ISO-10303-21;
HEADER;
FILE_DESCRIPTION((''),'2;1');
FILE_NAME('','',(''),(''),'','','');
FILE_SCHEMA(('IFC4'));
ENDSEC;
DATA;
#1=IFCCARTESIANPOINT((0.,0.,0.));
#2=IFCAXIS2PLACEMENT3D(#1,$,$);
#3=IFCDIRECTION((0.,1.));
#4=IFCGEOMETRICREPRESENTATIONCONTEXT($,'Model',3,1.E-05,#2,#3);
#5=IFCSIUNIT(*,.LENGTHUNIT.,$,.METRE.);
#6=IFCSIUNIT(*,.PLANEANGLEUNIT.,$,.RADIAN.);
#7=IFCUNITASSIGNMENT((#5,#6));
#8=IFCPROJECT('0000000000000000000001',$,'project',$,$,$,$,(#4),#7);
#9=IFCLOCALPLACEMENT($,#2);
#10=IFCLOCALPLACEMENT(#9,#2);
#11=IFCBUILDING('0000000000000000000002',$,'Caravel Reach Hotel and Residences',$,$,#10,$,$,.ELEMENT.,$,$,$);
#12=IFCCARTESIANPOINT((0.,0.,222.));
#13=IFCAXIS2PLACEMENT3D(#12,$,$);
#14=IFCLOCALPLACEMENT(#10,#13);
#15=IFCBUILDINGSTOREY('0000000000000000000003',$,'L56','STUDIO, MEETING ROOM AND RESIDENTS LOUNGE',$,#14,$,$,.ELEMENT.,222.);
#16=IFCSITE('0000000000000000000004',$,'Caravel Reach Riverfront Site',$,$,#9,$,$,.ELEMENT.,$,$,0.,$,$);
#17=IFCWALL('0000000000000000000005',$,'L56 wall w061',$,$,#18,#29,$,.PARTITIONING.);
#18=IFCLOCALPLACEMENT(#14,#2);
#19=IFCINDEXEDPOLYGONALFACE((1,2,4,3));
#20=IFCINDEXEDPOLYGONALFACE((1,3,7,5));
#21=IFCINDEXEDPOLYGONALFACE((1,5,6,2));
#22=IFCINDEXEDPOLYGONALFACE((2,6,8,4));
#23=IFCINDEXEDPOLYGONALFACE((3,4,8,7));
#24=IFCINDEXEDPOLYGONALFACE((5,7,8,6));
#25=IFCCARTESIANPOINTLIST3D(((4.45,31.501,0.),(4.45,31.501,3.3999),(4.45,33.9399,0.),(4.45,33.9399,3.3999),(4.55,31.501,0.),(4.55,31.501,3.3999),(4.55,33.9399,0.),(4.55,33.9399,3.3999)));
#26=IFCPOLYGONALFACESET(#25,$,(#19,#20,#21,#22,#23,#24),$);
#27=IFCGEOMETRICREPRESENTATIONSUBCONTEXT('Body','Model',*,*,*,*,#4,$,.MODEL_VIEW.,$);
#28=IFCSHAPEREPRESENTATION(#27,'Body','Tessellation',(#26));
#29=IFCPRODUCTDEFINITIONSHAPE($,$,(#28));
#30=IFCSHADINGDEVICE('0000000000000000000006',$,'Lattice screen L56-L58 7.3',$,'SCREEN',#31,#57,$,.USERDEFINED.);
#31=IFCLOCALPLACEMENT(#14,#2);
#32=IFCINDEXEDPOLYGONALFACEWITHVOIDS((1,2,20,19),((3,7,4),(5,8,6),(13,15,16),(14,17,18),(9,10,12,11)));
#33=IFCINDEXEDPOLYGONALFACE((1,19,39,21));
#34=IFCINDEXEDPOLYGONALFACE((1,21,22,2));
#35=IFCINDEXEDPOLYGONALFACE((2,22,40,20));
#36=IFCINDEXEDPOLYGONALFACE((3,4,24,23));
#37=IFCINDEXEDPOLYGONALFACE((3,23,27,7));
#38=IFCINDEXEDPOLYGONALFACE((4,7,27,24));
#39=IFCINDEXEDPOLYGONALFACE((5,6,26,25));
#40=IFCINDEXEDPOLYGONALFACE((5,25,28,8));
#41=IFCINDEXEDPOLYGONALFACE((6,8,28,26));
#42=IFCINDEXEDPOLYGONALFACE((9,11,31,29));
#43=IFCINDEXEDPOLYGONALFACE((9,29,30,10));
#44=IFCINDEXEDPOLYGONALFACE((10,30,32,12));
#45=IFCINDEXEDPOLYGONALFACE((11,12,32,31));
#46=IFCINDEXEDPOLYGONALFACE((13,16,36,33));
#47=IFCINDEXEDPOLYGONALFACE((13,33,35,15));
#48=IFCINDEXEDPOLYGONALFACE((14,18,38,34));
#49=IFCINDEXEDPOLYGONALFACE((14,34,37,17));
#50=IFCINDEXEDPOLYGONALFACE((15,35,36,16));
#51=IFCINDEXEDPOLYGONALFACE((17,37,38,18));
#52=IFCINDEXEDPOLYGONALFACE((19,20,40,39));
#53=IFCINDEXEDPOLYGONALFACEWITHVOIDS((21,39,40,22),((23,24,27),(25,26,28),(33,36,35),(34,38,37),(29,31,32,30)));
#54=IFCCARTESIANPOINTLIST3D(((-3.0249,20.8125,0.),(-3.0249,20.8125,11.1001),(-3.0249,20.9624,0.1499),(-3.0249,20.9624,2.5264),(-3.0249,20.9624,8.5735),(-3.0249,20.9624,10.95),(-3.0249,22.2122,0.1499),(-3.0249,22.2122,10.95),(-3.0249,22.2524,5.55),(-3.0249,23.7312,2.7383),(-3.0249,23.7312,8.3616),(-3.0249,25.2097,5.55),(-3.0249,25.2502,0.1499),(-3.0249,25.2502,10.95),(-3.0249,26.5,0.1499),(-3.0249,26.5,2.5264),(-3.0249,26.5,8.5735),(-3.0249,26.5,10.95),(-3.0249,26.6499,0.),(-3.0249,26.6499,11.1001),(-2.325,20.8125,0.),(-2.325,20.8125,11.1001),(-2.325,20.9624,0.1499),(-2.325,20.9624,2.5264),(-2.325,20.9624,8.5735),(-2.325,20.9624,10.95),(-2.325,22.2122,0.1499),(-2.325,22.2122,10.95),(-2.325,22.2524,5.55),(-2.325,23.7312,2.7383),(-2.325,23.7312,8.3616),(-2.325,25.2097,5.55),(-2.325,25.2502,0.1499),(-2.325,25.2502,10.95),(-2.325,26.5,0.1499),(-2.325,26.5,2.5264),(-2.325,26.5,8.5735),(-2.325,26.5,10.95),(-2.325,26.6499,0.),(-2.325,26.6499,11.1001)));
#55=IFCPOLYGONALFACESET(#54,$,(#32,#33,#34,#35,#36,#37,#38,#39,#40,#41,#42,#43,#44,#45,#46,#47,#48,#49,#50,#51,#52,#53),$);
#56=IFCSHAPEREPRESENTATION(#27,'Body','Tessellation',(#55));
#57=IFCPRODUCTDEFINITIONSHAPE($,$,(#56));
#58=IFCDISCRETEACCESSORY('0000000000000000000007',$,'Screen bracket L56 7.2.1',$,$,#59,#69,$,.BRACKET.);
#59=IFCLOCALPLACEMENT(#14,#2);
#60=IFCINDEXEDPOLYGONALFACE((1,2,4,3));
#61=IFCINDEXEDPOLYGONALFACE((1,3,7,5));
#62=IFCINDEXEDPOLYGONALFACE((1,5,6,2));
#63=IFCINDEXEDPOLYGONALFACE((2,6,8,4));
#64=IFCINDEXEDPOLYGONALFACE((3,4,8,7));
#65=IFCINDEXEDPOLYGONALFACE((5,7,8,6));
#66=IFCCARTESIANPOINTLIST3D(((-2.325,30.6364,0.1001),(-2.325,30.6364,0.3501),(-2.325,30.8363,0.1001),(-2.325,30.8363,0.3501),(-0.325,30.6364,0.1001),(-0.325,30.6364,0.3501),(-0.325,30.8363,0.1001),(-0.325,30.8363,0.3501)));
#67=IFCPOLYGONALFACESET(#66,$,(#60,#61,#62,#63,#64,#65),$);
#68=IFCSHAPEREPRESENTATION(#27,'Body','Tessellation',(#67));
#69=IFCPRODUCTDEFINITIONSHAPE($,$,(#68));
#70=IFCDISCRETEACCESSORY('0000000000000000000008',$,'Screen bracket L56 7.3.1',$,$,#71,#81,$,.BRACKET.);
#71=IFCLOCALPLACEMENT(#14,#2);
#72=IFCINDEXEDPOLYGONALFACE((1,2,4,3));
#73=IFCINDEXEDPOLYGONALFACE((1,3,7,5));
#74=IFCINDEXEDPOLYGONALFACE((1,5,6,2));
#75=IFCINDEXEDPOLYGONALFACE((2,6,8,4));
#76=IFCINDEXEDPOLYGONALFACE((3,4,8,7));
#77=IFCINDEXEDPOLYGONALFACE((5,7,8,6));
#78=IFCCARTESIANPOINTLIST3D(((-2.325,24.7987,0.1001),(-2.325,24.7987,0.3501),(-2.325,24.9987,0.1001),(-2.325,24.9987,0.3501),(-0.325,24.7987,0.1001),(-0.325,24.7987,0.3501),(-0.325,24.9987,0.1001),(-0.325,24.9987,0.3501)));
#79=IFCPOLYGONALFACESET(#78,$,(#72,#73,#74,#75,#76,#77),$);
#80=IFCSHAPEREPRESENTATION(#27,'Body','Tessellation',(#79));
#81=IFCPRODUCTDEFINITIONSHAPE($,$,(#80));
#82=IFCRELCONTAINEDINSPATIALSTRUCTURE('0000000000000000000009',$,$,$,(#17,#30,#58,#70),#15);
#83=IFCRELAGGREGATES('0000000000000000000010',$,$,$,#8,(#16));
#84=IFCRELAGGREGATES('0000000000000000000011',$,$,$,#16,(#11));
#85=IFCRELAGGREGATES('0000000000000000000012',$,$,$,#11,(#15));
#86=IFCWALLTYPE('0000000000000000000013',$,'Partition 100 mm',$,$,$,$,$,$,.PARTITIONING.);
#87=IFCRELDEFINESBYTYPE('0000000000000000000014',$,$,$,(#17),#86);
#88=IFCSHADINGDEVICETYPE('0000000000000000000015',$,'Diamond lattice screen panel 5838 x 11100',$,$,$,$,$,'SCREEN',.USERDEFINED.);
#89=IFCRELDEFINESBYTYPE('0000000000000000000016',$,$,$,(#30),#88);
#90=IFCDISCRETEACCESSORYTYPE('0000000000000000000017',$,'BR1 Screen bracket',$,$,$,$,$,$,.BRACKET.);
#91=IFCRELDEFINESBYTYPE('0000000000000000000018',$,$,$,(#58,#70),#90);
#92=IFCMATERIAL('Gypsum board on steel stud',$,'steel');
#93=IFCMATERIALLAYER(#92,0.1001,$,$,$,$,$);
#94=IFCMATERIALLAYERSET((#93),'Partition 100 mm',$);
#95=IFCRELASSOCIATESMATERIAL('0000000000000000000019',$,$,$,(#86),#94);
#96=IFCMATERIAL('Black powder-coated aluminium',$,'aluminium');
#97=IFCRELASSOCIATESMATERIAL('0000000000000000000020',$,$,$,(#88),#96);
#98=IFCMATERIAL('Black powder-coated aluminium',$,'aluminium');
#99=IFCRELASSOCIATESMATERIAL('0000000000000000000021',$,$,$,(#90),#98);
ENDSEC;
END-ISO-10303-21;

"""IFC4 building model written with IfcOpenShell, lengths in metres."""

from ifc_helpers import new_model, si_unit, direction, frame, frame_2d, origin, origin_2d, place, context, subcontext, project, spatial, polyline, rectangle, outline, extrude, material, layer, layer_set, type_object, element, save


model = new_model("IFC4")

# Units and contexts
model_context = context("Model", 3, precision=1e-05, world=origin(), true_north=direction((0.0, 1.0)))
body_context = subcontext(model_context, "Body", "Model", "MODEL_VIEW")
ifc_project = project(units=[si_unit("LENGTHUNIT", "METRE"), si_unit("PLANEANGLEUNIT", "RADIAN")], contexts=[model_context])

# Site, building, storey
site_placement = place(None, origin())
site = spatial("IfcSite", under=ifc_project, at=site_placement, Name="Caravel Reach Riverfront Site", CompositionType="ELEMENT", RefElevation=0.0)
building_placement = place(site_placement, origin())
building = spatial("IfcBuilding", under=site, at=building_placement, Name="Caravel Reach Hotel and Residences", CompositionType="ELEMENT")
storey_placement = place(building_placement, frame((0.0, 0.0, 222.0)))
storey = spatial("IfcBuildingStorey", under=building, at=storey_placement, Name="L56", Description="STUDIO, MEETING ROOM AND RESIDENTS LOUNGE", CompositionType="ELEMENT", Elevation=222.0)

# Shared definitions
ifc_material_1 = material(Name="Gypsum board on steel stud", Category="steel")
ifc_layer_1 = layer(ifc_material_1, 0.1001)
ifc_layer_set_1 = layer_set([ifc_layer_1], Name="Partition 100 mm")
wall_type_1 = type_object("IfcWallType", Name="Partition 100 mm", PredefinedType="PARTITIONING", material=ifc_layer_set_1)

# Wall
wall_1_placement = place(storey_placement, frame((4.5, 31.501, 0.0), z_axis=(0.0, 0.0, 1.0), x_axis=(0.0, 1.0, 0.0)))
element("IfcWall", 1, at=wall_1_placement, inside=storey, type_object=wall_type_1, Name="L56 wall w061", PredefinedType="PARTITIONING", context=body_context, shape_type="SweptSolid", body=[
    extrude(rectangle(XDim=2.439, YDim=0.1001, at=frame_2d((1.2195, 0.0))), origin(), (0.0, 0.0, 1.0), 3.3999),
])

# Shading device
ifc_material_2 = material(Name="Black powder-coated aluminium", Category="aluminium")
shading_device_type = type_object("IfcShadingDeviceType", Name="Diamond lattice screen panel 5838 x 11100", ElementType="SCREEN", PredefinedType="USERDEFINED", material=ifc_material_2)
shading_device_placement = place(storey_placement, frame((-2.325, 26.6499, 0.0), z_axis=(-1.0, 0.0, 0.0), x_axis=(0.0, -1.0, 0.0)))
element("IfcShadingDevice", 2, at=shading_device_placement, inside=storey, type_object=shading_device_type, Name="Lattice screen L56-L58 7.3", ObjectType="SCREEN", PredefinedType="USERDEFINED", context=body_context, shape_type="SweptSolid", body=[
    extrude(outline(polyline([(0.0, 0.0), (5.8374, 0.0), (5.8374, 11.1001), (0.0, 11.1001), (0.0, 0.0)]), holes=[polyline([(1.3997, 0.1499), (0.1499, 2.5264), (0.1499, 0.1499), (1.3997, 0.1499)]), polyline([(0.1499, 8.5735), (1.3997, 10.95), (0.1499, 10.95), (0.1499, 8.5735)]), polyline([(2.9187, 8.3616), (1.4402, 5.55), (2.9187, 2.7383), (4.3975, 5.55), (2.9187, 8.3616)]), polyline([(5.6875, 2.5264), (4.4377, 0.1499), (5.6875, 0.1499), (5.6875, 2.5264)]), polyline([(4.4377, 10.95), (5.6875, 8.5735), (5.6875, 10.95), (4.4377, 10.95)])]), origin(), (0.0, 0.0, 1.0), 0.7),
])

# Discrete accessories
ifc_material_3 = material(Name="Black powder-coated aluminium", Category="aluminium")
discrete_accessory_type = type_object("IfcDiscreteAccessoryType", Name="BR1 Screen bracket", PredefinedType="BRACKET", material=ifc_material_3)
for number, where, z_axis, x_axis, name in (
    (3, (-1.325, 30.7363, 0.1001), (0.0, 0.0, 1.0), (-1.0, 0.0, 0.0), "Screen bracket L56 7.2.1"),
    (4, (-1.325, 24.8987, 0.1001), (0.0, 0.0, 1.0), (-1.0, 0.0, 0.0), "Screen bracket L56 7.3.1"),
):
    element("IfcDiscreteAccessory", number, at=place(storey_placement, frame(where, z_axis=z_axis, x_axis=x_axis)), inside=storey, type_object=discrete_accessory_type, Name=name, PredefinedType="BRACKET", context=body_context, shape_type="SweptSolid", body=[
        extrude(rectangle(XDim=2.0, YDim=0.2, at=origin_2d()), origin(), (0.0, 0.0, 1.0), 0.25),
    ])

save(model, "model.ifc")
